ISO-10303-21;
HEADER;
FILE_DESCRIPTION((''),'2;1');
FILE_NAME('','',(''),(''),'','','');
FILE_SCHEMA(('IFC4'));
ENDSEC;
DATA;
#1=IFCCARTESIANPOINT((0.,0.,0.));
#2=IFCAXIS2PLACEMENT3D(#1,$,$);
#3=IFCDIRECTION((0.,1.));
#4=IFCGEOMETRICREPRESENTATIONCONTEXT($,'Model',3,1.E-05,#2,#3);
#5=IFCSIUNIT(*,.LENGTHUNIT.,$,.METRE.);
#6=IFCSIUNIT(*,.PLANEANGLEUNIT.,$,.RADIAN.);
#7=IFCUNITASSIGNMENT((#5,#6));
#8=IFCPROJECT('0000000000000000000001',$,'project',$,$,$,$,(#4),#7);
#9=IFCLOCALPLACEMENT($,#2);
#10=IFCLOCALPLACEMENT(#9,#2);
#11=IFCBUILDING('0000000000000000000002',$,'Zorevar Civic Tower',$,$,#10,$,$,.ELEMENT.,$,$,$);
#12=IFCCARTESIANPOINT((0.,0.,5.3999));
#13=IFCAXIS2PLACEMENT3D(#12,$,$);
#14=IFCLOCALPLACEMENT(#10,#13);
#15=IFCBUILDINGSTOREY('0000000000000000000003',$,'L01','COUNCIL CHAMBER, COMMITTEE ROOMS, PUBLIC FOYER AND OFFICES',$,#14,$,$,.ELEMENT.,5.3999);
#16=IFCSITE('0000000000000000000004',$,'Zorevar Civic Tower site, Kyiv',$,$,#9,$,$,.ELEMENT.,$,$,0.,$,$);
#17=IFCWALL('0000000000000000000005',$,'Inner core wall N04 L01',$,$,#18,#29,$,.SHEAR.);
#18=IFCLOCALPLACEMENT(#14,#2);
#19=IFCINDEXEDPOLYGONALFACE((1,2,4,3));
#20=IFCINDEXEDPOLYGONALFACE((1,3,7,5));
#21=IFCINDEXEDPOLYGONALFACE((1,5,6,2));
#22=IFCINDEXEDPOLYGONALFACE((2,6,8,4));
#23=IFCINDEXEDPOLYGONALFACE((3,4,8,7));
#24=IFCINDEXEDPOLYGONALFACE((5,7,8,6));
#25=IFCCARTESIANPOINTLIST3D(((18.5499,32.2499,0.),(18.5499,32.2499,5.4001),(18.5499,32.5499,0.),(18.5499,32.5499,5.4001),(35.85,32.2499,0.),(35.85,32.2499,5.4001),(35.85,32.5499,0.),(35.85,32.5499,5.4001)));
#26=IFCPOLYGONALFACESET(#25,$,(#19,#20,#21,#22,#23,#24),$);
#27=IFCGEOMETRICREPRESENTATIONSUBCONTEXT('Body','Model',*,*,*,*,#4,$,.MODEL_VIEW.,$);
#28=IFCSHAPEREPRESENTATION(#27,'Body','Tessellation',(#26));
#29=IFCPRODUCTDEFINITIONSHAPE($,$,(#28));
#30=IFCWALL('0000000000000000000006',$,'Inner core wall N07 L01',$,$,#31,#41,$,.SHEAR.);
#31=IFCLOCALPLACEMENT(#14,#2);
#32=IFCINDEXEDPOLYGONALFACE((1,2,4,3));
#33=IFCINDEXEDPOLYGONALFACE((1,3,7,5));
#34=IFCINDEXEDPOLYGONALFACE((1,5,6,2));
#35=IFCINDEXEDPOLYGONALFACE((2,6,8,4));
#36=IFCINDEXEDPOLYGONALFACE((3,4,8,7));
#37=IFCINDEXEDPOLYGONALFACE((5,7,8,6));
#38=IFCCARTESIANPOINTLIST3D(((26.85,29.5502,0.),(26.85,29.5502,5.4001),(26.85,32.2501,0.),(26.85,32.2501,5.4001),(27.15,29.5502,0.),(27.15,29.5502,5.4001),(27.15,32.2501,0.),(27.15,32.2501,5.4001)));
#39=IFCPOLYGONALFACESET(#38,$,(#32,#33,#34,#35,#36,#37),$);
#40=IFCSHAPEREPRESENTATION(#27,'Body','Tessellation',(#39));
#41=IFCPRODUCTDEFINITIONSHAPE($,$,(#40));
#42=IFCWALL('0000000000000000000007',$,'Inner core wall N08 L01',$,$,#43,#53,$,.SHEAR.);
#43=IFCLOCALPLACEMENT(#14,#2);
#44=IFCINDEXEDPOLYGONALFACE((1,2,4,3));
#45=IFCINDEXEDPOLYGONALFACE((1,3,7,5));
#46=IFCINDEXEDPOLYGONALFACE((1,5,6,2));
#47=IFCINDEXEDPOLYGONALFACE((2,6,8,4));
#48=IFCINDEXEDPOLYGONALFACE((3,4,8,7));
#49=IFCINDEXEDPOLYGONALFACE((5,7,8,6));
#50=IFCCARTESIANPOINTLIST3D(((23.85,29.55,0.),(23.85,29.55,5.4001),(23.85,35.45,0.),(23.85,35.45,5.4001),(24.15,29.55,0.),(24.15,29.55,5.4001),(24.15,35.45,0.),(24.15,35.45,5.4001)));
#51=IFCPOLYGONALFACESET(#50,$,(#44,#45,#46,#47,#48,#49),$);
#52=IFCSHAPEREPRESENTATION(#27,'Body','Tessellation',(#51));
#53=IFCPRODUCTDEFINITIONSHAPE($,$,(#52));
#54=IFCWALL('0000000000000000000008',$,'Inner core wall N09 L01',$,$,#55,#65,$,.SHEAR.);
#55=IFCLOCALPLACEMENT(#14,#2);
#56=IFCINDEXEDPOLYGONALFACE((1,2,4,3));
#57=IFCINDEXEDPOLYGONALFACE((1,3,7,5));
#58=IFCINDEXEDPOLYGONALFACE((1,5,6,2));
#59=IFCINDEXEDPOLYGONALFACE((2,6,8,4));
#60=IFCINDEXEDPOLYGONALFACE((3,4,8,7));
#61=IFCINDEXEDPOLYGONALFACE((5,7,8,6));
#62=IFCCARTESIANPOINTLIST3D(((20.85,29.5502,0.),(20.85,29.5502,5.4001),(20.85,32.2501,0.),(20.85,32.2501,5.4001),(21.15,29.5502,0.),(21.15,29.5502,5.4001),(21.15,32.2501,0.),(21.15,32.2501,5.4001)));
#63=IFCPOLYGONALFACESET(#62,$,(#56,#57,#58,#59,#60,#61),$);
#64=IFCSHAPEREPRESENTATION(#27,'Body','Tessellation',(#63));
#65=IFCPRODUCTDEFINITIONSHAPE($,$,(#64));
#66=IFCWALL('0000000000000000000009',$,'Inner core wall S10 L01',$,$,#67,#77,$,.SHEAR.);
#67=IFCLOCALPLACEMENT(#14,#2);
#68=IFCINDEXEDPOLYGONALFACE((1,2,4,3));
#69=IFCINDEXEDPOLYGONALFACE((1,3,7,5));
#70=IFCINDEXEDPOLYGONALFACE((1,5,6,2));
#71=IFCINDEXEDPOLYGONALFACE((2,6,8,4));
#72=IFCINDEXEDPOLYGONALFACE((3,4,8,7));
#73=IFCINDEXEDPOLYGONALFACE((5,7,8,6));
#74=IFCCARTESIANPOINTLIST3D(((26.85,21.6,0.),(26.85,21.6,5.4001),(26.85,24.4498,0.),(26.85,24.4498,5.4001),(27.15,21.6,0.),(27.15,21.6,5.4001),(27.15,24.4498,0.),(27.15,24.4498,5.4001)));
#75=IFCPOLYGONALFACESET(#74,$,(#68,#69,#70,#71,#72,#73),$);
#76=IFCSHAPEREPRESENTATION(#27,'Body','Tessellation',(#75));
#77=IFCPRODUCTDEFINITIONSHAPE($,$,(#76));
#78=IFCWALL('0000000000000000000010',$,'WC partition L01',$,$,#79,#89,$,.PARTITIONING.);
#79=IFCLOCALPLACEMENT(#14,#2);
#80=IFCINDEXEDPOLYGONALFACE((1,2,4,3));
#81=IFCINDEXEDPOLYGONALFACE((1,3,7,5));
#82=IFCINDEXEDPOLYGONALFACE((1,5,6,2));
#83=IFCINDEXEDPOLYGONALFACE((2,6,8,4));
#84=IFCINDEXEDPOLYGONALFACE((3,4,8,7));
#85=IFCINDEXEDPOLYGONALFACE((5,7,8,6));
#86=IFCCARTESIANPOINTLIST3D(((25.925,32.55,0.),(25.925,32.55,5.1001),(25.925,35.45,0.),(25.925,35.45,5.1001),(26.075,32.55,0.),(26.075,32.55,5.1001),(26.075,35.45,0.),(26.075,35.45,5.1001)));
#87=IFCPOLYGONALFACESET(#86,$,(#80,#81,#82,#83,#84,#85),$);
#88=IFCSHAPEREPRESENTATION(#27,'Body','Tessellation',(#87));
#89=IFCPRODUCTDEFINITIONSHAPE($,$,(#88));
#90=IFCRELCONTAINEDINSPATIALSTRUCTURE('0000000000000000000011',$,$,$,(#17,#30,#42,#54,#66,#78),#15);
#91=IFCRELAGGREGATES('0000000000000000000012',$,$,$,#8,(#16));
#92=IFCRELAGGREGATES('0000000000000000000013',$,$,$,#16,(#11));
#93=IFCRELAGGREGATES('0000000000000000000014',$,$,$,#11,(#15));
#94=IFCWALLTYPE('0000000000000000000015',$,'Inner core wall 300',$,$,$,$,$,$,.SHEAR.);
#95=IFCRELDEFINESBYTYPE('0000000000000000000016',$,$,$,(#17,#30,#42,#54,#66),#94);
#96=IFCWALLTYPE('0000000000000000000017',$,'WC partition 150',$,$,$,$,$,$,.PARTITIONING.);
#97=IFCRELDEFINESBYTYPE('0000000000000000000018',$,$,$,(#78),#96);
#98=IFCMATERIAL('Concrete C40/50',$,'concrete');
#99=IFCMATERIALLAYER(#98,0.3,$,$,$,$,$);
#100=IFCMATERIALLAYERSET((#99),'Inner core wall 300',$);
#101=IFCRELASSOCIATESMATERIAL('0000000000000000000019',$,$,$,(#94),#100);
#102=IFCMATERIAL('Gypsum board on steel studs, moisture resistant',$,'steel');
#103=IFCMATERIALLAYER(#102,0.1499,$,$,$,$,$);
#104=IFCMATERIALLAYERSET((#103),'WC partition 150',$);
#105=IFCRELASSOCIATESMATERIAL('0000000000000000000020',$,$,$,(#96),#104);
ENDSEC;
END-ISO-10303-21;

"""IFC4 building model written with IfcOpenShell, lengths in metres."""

from ifc_helpers import new_model, si_unit, direction, frame, frame_2d, origin, place, context, subcontext, project, spatial, rectangle, extrude, material, layer, layer_set, type_object, element, save


model = new_model("IFC4")

# Units and contexts
model_context = context("Model", 3, precision=1e-05, world=origin(), true_north=direction((0.0, 1.0)))
body_context = subcontext(model_context, "Body", "Model", "MODEL_VIEW")
ifc_project = project(units=[si_unit("LENGTHUNIT", "METRE"), si_unit("PLANEANGLEUNIT", "RADIAN")], contexts=[model_context])

# Site, building, storey
site_placement = place(None, origin())
site = spatial("IfcSite", under=ifc_project, at=site_placement, Name="Zorevar Civic Tower site, Kyiv", CompositionType="ELEMENT", RefElevation=0.0)
building_placement = place(site_placement, origin())
building = spatial("IfcBuilding", under=site, at=building_placement, Name="Zorevar Civic Tower", CompositionType="ELEMENT")
storey_placement = place(building_placement, frame((0.0, 0.0, 5.3999)))
storey = spatial("IfcBuildingStorey", under=building, at=storey_placement, Name="L01", Description="COUNCIL CHAMBER, COMMITTEE ROOMS, PUBLIC FOYER AND OFFICES", CompositionType="ELEMENT", Elevation=5.3999)

# Shared definitions
ifc_material_1 = material(Name="Concrete C40/50", Category="concrete")
ifc_layer_1 = layer(ifc_material_1, 0.3)
ifc_layer_set_1 = layer_set([ifc_layer_1], Name="Inner core wall 300")
wall_type_1 = type_object("IfcWallType", Name="Inner core wall 300", PredefinedType="SHEAR", material=ifc_layer_set_1)

# Walls
wall_1_placement = place(storey_placement, frame((18.55, 32.3999, 0.0), z_axis=(0.0, 0.0, 1.0), x_axis=(1.0, 0.0, 0.0)))
element("IfcWall", 1, at=wall_1_placement, inside=storey, type_object=wall_type_1, Name="Inner core wall N04 L01", PredefinedType="SHEAR", context=body_context, shape_type="SweptSolid", body=[
    extrude(rectangle(XDim=17.3, YDim=0.3, at=frame_2d((8.6499, 0.0))), origin(), (0.0, 0.0, 1.0), 5.4001),
])
wall_2_placement = place(storey_placement, frame((27.0, 29.55, 0.0), z_axis=(0.0, 0.0, 1.0), x_axis=(0.0, 1.0, 0.0)))
element("IfcWall", 2, at=wall_2_placement, inside=storey, type_object=wall_type_1, Name="Inner core wall N07 L01", PredefinedType="SHEAR", context=body_context, shape_type="SweptSolid", body=[
    extrude(rectangle(XDim=2.7, YDim=0.3, at=frame_2d((1.3501, 0.0))), origin(), (0.0, 0.0, 1.0), 5.4001),
])
wall_3_placement = place(storey_placement, frame((24.0, 29.55, 0.0), z_axis=(0.0, 0.0, 1.0), x_axis=(0.0, 1.0, 0.0)))
element("IfcWall", 3, at=wall_3_placement, inside=storey, type_object=wall_type_1, Name="Inner core wall N08 L01", PredefinedType="SHEAR", context=body_context, shape_type="SweptSolid", body=[
    extrude(rectangle(XDim=5.8999, YDim=0.3, at=frame_2d((2.95, 0.0))), origin(), (0.0, 0.0, 1.0), 5.4001),
])
wall_4_placement = place(storey_placement, frame((21.0, 29.55, 0.0), z_axis=(0.0, 0.0, 1.0), x_axis=(0.0, 1.0, 0.0)))
element("IfcWall", 4, at=wall_4_placement, inside=storey, type_object=wall_type_1, Name="Inner core wall N09 L01", PredefinedType="SHEAR", context=body_context, shape_type="SweptSolid", body=[
    extrude(rectangle(XDim=2.7, YDim=0.3, at=frame_2d((1.3501, 0.0))), origin(), (0.0, 0.0, 1.0), 5.4001),
])
wall_5_placement = place(storey_placement, frame((27.0, 21.6001, 0.0), z_axis=(0.0, 0.0, 1.0), x_axis=(0.0, 1.0, 0.0)))
element("IfcWall", 5, at=wall_5_placement, inside=storey, type_object=wall_type_1, Name="Inner core wall S10 L01", PredefinedType="SHEAR", context=body_context, shape_type="SweptSolid", body=[
    extrude(rectangle(XDim=2.8499, YDim=0.3, at=frame_2d((1.4248, 0.0))), origin(), (0.0, 0.0, 1.0), 5.4001),
])
ifc_material_2 = material(Name="Gypsum board on steel studs, moisture resistant", Category="steel")
ifc_layer_2 = layer(ifc_material_2, 0.1499)
ifc_layer_set_2 = layer_set([ifc_layer_2], Name="WC partition 150")
wall_type_2 = type_object("IfcWallType", Name="WC partition 150", PredefinedType="PARTITIONING", material=ifc_layer_set_2)
wall_6_placement = place(storey_placement, frame((26.0, 32.55, 0.0), z_axis=(0.0, 0.0, 1.0), x_axis=(0.0, 1.0, 0.0)))
element("IfcWall", 6, at=wall_6_placement, inside=storey, type_object=wall_type_2, Name="WC partition L01", PredefinedType="PARTITIONING", context=body_context, shape_type="SweptSolid", body=[
    extrude(rectangle(XDim=2.8999, YDim=0.1499, at=frame_2d((1.45, 0.0))), origin(), (0.0, 0.0, 1.0), 5.1001),
])

save(model, "model.ifc")
